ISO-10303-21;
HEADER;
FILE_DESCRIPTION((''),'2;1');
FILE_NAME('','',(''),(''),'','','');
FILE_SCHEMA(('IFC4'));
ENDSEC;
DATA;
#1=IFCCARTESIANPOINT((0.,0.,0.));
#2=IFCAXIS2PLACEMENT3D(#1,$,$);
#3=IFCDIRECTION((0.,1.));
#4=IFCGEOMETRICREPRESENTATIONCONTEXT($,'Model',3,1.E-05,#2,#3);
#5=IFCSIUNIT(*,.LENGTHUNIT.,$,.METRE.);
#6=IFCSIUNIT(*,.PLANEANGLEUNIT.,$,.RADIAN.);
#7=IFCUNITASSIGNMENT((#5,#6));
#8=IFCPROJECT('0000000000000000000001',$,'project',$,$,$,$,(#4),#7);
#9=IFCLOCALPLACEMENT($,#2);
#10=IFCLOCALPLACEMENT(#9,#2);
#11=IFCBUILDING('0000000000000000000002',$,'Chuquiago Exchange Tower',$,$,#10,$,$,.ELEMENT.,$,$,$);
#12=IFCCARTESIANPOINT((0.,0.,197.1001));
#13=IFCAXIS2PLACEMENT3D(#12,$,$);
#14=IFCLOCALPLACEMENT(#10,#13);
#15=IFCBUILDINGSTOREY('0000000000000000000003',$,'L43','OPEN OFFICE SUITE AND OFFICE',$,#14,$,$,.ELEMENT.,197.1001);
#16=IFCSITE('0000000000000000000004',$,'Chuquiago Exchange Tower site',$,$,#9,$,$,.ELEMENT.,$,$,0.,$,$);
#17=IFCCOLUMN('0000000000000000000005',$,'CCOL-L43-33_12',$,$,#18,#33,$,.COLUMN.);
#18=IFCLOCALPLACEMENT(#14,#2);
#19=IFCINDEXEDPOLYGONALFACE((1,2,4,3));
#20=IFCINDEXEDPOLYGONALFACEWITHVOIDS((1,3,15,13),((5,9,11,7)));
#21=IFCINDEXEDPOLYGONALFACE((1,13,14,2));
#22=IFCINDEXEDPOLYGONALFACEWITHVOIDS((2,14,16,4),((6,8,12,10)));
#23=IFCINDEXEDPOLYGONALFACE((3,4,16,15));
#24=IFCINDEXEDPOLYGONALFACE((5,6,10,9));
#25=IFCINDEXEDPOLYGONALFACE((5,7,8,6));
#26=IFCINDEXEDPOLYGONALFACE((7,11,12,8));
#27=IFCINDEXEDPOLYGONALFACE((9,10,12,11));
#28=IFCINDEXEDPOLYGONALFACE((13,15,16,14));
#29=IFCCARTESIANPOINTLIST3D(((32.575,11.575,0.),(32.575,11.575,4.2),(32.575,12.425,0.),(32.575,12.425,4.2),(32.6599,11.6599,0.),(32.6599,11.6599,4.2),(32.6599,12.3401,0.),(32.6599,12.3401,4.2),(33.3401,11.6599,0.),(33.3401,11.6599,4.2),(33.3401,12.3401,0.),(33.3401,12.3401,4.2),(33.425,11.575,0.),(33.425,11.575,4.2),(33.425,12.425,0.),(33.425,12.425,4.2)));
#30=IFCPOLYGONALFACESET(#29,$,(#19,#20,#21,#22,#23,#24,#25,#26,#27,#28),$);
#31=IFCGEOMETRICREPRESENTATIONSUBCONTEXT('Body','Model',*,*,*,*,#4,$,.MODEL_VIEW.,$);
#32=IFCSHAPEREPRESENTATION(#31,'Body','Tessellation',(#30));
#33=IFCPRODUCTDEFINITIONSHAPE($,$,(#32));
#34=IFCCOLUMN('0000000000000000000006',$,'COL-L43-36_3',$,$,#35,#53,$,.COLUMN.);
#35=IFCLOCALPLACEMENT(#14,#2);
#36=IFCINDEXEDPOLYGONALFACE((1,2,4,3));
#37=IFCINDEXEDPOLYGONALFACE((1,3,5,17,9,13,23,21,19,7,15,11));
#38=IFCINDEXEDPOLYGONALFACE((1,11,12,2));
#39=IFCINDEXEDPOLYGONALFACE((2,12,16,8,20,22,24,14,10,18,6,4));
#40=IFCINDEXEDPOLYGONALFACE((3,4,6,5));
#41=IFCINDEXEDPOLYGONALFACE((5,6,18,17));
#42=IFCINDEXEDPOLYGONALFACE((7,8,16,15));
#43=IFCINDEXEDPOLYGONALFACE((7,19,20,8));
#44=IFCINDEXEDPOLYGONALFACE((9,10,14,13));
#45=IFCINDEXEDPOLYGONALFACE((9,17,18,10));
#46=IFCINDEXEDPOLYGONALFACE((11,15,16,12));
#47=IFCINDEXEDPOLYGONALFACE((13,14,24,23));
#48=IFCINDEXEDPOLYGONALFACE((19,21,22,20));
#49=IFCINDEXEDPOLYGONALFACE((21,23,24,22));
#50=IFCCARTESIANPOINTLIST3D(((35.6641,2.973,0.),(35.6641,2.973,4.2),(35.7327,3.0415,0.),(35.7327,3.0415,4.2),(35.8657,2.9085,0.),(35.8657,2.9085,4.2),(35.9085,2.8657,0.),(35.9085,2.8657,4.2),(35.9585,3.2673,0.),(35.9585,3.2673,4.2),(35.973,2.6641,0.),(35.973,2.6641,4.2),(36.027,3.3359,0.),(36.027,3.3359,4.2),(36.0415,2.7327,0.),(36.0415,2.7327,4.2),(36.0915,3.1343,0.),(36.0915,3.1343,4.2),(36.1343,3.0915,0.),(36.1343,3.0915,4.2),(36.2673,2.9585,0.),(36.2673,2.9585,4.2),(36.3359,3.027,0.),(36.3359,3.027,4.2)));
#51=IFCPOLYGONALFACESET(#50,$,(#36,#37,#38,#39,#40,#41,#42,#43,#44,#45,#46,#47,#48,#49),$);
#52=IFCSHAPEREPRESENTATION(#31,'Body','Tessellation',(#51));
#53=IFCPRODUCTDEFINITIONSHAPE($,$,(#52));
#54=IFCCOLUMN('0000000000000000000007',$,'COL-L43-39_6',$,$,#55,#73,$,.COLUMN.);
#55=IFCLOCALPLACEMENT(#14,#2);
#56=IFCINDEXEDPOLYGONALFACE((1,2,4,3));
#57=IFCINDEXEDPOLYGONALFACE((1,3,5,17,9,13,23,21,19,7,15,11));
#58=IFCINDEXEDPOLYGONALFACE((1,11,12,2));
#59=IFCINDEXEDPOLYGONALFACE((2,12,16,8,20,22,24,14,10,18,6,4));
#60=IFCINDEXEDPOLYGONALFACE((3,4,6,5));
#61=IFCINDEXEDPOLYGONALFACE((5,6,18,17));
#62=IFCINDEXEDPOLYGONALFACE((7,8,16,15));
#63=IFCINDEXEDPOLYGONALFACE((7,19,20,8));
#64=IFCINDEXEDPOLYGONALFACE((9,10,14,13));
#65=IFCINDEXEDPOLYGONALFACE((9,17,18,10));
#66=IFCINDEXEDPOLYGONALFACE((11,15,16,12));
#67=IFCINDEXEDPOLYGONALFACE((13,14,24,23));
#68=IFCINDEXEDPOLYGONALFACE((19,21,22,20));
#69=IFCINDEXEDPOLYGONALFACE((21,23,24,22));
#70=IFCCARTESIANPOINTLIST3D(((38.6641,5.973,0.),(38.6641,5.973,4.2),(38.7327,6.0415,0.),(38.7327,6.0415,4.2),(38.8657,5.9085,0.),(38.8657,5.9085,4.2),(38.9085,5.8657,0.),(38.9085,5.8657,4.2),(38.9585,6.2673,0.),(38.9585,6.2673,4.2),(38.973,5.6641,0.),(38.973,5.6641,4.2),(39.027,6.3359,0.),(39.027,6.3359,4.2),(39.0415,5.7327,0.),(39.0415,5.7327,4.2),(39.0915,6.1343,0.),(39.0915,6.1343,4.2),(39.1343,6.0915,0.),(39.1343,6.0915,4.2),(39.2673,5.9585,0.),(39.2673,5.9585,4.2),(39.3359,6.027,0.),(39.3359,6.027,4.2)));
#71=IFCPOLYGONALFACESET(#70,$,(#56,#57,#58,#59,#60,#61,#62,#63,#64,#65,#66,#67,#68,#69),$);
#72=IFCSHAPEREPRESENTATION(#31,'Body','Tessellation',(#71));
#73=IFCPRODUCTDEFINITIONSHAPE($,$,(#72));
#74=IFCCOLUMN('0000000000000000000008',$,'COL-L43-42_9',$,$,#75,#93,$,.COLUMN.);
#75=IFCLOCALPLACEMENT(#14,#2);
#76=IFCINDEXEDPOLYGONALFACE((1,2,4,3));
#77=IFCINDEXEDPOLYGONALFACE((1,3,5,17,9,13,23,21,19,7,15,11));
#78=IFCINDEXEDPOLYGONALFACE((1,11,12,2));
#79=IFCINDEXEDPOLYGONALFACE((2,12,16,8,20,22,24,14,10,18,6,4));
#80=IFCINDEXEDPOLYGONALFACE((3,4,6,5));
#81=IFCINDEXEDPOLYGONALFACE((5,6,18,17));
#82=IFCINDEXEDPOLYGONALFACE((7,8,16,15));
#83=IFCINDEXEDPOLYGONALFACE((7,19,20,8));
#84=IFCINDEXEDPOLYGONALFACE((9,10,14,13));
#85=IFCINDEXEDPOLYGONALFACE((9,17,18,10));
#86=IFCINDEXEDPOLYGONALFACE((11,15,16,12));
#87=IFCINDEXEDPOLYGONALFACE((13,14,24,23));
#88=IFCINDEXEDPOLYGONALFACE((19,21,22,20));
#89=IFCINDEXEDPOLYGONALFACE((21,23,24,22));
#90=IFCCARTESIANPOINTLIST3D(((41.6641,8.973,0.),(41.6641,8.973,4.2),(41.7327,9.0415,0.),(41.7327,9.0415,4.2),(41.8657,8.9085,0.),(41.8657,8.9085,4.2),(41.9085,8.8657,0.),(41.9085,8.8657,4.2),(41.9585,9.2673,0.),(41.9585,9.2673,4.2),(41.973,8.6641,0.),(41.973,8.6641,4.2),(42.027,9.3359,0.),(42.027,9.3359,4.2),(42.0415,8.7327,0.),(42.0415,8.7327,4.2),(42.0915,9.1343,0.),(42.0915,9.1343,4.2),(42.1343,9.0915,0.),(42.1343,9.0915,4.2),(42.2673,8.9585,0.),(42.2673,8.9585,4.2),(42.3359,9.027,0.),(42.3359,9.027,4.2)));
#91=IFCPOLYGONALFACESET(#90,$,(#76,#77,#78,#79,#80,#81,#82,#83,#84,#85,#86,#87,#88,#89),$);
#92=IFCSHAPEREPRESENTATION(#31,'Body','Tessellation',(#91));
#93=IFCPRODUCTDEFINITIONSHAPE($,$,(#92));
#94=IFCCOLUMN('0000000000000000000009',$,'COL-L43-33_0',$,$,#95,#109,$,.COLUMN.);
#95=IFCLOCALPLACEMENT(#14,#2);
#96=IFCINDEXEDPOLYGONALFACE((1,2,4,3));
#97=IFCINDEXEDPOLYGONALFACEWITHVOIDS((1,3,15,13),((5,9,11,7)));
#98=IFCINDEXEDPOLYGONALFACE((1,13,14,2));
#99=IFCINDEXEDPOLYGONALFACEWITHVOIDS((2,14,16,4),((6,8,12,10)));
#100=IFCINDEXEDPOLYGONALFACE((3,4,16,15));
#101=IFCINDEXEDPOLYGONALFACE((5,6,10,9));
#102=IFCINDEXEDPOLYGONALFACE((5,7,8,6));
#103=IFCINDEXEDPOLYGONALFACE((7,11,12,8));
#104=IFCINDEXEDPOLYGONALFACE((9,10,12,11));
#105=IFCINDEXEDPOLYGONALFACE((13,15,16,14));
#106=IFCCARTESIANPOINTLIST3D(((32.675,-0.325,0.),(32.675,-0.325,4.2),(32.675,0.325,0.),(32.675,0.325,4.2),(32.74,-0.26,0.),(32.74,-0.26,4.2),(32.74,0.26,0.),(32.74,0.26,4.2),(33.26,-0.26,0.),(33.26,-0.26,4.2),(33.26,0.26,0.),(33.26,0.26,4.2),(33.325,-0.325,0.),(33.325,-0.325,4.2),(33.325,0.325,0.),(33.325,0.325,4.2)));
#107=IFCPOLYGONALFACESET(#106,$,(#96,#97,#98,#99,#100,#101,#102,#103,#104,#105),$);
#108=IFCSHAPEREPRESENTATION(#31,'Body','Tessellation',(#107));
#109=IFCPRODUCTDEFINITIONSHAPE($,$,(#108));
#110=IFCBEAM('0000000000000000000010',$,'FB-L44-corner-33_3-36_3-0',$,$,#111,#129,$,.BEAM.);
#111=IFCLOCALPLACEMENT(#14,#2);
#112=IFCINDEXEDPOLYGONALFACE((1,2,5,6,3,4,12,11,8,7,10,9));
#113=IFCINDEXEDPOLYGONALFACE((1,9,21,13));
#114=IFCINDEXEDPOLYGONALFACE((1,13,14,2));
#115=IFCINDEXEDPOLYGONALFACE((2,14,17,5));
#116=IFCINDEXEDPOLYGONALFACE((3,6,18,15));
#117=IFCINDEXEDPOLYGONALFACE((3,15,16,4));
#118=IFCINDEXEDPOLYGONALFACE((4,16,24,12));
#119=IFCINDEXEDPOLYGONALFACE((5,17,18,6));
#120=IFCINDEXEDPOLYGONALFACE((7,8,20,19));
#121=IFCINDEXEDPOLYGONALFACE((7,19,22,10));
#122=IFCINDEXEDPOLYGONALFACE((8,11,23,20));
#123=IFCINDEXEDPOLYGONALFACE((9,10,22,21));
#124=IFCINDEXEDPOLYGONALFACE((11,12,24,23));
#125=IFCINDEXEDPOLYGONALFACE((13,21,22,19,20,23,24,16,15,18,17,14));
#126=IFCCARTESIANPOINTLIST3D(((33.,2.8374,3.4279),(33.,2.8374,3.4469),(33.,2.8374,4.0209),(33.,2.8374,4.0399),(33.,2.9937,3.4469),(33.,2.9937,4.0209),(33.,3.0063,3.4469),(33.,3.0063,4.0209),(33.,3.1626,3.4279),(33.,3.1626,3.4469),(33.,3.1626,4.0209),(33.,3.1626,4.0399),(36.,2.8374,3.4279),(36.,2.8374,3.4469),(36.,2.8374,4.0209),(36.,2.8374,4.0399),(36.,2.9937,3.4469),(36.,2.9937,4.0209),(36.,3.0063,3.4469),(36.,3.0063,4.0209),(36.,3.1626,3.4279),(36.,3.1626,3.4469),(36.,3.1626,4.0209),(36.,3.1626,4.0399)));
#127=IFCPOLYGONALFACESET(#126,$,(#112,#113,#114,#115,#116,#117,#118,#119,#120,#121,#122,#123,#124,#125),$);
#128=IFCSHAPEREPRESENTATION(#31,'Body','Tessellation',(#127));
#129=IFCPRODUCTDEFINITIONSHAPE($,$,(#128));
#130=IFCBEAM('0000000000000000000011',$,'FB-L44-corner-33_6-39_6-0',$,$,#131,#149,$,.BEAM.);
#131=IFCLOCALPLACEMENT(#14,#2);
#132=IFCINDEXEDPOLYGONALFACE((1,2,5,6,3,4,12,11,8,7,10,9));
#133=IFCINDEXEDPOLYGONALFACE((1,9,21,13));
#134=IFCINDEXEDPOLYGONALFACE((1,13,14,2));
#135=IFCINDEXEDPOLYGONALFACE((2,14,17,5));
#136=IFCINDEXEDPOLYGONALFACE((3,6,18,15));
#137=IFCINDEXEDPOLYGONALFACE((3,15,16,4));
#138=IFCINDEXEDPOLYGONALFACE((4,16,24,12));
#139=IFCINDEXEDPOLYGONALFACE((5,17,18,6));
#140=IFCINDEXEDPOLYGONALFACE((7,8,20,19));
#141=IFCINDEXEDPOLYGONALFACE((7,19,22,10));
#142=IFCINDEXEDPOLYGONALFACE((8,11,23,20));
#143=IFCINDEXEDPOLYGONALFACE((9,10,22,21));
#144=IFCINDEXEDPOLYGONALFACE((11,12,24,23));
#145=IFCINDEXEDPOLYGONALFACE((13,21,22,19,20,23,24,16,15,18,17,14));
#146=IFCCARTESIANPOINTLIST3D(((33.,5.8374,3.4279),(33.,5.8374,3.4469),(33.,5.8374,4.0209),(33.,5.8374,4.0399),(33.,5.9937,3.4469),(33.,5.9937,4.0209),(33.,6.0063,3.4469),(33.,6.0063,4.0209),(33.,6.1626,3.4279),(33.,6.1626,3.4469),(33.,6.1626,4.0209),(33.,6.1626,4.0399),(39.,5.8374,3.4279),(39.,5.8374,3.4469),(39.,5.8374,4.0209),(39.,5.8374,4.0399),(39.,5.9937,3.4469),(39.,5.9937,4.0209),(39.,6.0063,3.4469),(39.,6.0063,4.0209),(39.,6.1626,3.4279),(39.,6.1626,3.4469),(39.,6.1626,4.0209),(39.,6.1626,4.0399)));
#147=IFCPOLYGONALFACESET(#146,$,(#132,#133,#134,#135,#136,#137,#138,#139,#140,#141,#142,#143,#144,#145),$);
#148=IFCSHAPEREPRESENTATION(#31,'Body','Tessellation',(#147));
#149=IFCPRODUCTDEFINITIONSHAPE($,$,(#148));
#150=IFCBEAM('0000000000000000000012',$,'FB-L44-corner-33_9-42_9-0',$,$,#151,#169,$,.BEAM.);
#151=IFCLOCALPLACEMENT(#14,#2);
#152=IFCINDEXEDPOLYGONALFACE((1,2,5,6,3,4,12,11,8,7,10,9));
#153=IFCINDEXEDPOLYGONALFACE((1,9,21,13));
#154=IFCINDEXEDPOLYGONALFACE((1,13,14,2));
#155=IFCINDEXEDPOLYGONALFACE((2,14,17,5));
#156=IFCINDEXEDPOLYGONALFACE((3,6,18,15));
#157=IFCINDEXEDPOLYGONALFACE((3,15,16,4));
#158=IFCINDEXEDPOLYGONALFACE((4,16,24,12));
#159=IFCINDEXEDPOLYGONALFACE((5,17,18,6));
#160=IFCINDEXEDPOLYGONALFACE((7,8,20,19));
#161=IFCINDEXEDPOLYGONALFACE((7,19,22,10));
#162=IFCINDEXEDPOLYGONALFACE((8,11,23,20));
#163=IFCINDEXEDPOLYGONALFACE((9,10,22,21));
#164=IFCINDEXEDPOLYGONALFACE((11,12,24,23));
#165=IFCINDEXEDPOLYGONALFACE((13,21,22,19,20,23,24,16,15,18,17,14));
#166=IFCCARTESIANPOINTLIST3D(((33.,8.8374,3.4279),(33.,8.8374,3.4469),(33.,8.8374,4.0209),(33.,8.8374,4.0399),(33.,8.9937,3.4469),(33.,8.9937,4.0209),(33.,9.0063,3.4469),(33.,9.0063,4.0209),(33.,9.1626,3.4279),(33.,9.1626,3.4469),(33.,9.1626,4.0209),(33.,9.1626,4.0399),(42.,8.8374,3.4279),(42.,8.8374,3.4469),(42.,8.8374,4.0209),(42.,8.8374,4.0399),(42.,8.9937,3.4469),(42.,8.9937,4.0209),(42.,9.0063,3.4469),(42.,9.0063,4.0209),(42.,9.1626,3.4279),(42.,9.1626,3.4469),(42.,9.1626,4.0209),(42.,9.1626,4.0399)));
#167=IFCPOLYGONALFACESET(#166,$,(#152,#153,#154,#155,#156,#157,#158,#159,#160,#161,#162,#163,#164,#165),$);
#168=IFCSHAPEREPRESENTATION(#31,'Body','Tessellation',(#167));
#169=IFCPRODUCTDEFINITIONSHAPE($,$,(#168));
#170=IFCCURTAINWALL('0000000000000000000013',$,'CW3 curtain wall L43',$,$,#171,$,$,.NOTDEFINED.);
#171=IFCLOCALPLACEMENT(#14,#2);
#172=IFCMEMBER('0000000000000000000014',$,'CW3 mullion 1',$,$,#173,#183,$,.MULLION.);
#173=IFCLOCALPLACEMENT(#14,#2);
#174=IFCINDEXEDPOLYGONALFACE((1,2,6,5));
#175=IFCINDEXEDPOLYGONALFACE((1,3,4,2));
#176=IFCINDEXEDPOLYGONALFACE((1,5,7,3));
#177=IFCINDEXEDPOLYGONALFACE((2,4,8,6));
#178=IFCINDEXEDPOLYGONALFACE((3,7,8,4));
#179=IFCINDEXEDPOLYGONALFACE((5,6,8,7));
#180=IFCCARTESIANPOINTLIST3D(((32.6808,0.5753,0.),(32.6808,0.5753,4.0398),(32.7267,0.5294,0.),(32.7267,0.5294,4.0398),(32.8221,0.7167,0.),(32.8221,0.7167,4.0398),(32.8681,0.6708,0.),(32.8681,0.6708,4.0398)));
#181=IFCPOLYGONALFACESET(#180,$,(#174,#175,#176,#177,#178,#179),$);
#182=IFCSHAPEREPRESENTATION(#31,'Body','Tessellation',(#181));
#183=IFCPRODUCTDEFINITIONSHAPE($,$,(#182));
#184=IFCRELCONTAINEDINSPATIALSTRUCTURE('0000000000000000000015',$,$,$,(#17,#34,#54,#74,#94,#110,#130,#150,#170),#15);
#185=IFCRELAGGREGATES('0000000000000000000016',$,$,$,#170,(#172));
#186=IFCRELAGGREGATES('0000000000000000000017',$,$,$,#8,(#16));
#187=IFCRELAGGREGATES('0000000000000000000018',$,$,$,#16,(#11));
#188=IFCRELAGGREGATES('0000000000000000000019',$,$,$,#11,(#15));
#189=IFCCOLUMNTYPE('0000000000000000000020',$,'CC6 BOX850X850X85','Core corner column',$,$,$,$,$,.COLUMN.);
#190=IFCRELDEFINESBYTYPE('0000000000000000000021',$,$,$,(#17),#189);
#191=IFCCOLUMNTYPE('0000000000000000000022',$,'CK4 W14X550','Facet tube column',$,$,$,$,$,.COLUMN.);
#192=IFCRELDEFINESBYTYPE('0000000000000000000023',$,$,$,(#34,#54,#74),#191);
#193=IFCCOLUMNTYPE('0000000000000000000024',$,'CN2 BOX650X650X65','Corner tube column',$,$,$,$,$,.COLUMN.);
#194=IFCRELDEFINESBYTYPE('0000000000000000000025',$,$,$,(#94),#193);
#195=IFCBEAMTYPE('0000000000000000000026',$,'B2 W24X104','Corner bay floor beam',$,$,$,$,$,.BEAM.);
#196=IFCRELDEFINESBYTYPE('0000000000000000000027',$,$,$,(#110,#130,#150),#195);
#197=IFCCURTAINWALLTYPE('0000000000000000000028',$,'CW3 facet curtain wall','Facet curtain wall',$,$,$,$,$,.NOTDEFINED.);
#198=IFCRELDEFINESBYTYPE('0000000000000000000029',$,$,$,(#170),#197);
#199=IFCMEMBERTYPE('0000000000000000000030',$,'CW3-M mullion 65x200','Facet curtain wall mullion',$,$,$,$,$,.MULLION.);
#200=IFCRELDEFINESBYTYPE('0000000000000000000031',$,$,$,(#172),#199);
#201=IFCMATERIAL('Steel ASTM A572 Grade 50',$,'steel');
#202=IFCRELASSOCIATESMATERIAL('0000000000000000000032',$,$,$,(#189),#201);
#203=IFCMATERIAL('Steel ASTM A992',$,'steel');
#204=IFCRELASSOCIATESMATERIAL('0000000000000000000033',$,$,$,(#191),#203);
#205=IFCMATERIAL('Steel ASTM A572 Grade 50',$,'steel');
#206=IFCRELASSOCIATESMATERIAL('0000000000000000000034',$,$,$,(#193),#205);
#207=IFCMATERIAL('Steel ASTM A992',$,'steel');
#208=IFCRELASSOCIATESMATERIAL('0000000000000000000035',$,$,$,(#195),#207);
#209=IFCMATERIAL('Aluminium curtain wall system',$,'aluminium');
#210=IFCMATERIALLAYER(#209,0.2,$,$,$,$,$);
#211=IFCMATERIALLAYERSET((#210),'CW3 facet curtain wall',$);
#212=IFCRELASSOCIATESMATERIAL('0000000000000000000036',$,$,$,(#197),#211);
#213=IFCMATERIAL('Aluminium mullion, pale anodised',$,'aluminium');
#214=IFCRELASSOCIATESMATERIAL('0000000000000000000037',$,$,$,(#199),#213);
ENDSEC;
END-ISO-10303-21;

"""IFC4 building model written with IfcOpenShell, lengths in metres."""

from ifc_helpers import new_model, si_unit, direction, frame, origin, origin_2d, place, context, subcontext, project, spatial, rectangle, hollow_rectangle, i_section, extrude, material, layer, layer_set, material_profile, profile_set, type_object, element, aggregate, save


model = new_model("IFC4")

# Units and contexts
model_context = context("Model", 3, precision=1e-05, world=origin(), true_north=direction((0.0, 1.0)))
body_context = subcontext(model_context, "Body", "Model", "MODEL_VIEW")
ifc_project = project(units=[si_unit("LENGTHUNIT", "METRE"), si_unit("PLANEANGLEUNIT", "RADIAN")], contexts=[model_context])

# Site, building, storey
site_placement = place(None, origin())
site = spatial("IfcSite", under=ifc_project, at=site_placement, Name="Chuquiago Exchange Tower site", CompositionType="ELEMENT", RefElevation=0.0)
building_placement = place(site_placement, origin())
building = spatial("IfcBuilding", under=site, at=building_placement, Name="Chuquiago Exchange Tower", CompositionType="ELEMENT")
storey_placement = place(building_placement, frame((0.0, 0.0, 197.1001)))
storey = spatial("IfcBuildingStorey", under=building, at=storey_placement, Name="L43", Description="OPEN OFFICE SUITE AND OFFICE", CompositionType="ELEMENT", Elevation=197.1001)

# Columns
ifc_material_1 = material(Name="Steel ASTM A572 Grade 50", Category="steel")
ifc_material_profile_1 = material_profile(ifc_material_1, hollow_rectangle(XDim=0.8501, YDim=0.8501, WallThickness=0.085, at=origin_2d()), Name="BOX850X850X85")
ifc_profile_set_1 = profile_set([ifc_material_profile_1], Name="Steel ASTM A572 Grade 50")
column_type_1 = type_object("IfcColumnType", Name="CC6 BOX850X850X85", Description="Core corner column", PredefinedType="COLUMN", material=ifc_profile_set_1)
column_1_placement = place(storey_placement, frame((33.0, 12.0, 0.0), z_axis=(0.0, 0.0, 1.0), x_axis=(1.0, 0.0, 0.0)))
element("IfcColumn", 1, at=column_1_placement, inside=storey, type_object=column_type_1, Name="CCOL-L43-33_12", PredefinedType="COLUMN", context=body_context, shape_type="SweptSolid", body=[
    extrude(hollow_rectangle(XDim=0.8501, YDim=0.8501, WallThickness=0.085, at=origin_2d()), origin(), (0.0, 0.0, 1.0), 4.2),
])
ifc_material_2 = material(Name="Steel ASTM A992", Category="steel")
ifc_material_profile_2 = material_profile(ifc_material_2, i_section(OverallWidth=0.4368, OverallDepth=0.5132, WebThickness=0.0605, FlangeThickness=0.0969, at=origin_2d()), Name="W14X550")
ifc_profile_set_2 = profile_set([ifc_material_profile_2], Name="Steel ASTM A992")
column_type_2 = type_object("IfcColumnType", Name="CK4 W14X550", Description="Facet tube column", PredefinedType="COLUMN", material=ifc_profile_set_2)
for number, where, z_axis, x_axis, name in (
    (2, (36.0, 3.0, 0.0), (0.0, 0.0, 1.0), (0.707107, -0.707107, 0.0), "COL-L43-36_3"),
    (3, (39.0, 6.0, 0.0), (0.0, 0.0, 1.0), (0.707107, -0.707107, 0.0), "COL-L43-39_6"),
    (4, (42.0, 9.0, 0.0), (0.0, 0.0, 1.0), (0.707107, -0.707107, 0.0), "COL-L43-42_9"),
):
    element("IfcColumn", number, at=place(storey_placement, frame(where, z_axis=z_axis, x_axis=x_axis)), inside=storey, type_object=column_type_2, Name=name, PredefinedType="COLUMN", context=body_context, shape_type="SweptSolid", body=[
        extrude(i_section(OverallWidth=0.4368, OverallDepth=0.5132, WebThickness=0.0605, FlangeThickness=0.0969, at=origin_2d()), origin(), (0.0, 0.0, 1.0), 4.2),
    ])
ifc_material_3 = material(Name="Steel ASTM A572 Grade 50", Category="steel")
ifc_material_profile_3 = material_profile(ifc_material_3, hollow_rectangle(XDim=0.6499, YDim=0.6499, WallThickness=0.0649, at=origin_2d()), Name="BOX650X650X65")
ifc_profile_set_3 = profile_set([ifc_material_profile_3], Name="Steel ASTM A572 Grade 50")
column_type_3 = type_object("IfcColumnType", Name="CN2 BOX650X650X65", Description="Corner tube column", PredefinedType="COLUMN", material=ifc_profile_set_3)
column_2_placement = place(storey_placement, frame((33.0, 0.0, 0.0), z_axis=(0.0, 0.0, 1.0), x_axis=(0.0, -1.0, 0.0)))
element("IfcColumn", 5, at=column_2_placement, inside=storey, type_object=column_type_3, Name="COL-L43-33_0", PredefinedType="COLUMN", context=body_context, shape_type="SweptSolid", body=[
    extrude(hollow_rectangle(XDim=0.6499, YDim=0.6499, WallThickness=0.0649, at=origin_2d()), origin(), (0.0, 0.0, 1.0), 4.2),
])

# Beams
ifc_material_4 = material(Name="Steel ASTM A992", Category="steel")
ifc_material_profile_4 = material_profile(ifc_material_4, i_section(OverallWidth=0.3252, OverallDepth=0.6121, WebThickness=0.0127, FlangeThickness=0.019, at=origin_2d()), Name="W24X104")
ifc_profile_set_4 = profile_set([ifc_material_profile_4], Name="Steel ASTM A992")
beam_type_1 = type_object("IfcBeamType", Name="B2 W24X104", Description="Corner bay floor beam", PredefinedType="BEAM", material=ifc_profile_set_4)
beam_1_placement = place(storey_placement, frame((33.0, 3.0, 3.7339), z_axis=(1.0, 0.0, 0.0), x_axis=(0.0, 1.0, 0.0)))
element("IfcBeam", 6, at=beam_1_placement, inside=storey, type_object=beam_type_1, Name="FB-L44-corner-33_3-36_3-0", PredefinedType="BEAM", context=body_context, shape_type="SweptSolid", body=[
    extrude(i_section(OverallWidth=0.3252, OverallDepth=0.6121, WebThickness=0.0127, FlangeThickness=0.019, at=origin_2d()), origin(), (0.0, 0.0, 1.0), 3.0),
])
beam_2_placement = place(storey_placement, frame((33.0, 6.0, 3.7339), z_axis=(1.0, 0.0, 0.0), x_axis=(0.0, 1.0, 0.0)))
element("IfcBeam", 7, at=beam_2_placement, inside=storey, type_object=beam_type_1, Name="FB-L44-corner-33_6-39_6-0", PredefinedType="BEAM", context=body_context, shape_type="SweptSolid", body=[
    extrude(i_section(OverallWidth=0.3252, OverallDepth=0.6121, WebThickness=0.0127, FlangeThickness=0.019, at=origin_2d()), origin(), (0.0, 0.0, 1.0), 6.0),
])
beam_3_placement = place(storey_placement, frame((33.0, 9.0, 3.7339), z_axis=(1.0, 0.0, 0.0), x_axis=(0.0, 1.0, 0.0)))
element("IfcBeam", 8, at=beam_3_placement, inside=storey, type_object=beam_type_1, Name="FB-L44-corner-33_9-42_9-0", PredefinedType="BEAM", context=body_context, shape_type="SweptSolid", body=[
    extrude(i_section(OverallWidth=0.3252, OverallDepth=0.6121, WebThickness=0.0127, FlangeThickness=0.019, at=origin_2d()), origin(), (0.0, 0.0, 1.0), 9.0),
])

# Curtain wall, member
ifc_material_5 = material(Name="Aluminium curtain wall system", Category="aluminium")
ifc_layer_1 = layer(ifc_material_5, 0.2)
ifc_layer_set_1 = layer_set([ifc_layer_1], Name="CW3 facet curtain wall")
curtain_wall_type = type_object("IfcCurtainWallType", Name="CW3 facet curtain wall", Description="Facet curtain wall", PredefinedType="NOTDEFINED", material=ifc_layer_set_1)
curtain_wall_placement = place(storey_placement, origin())
curtain_wall = element("IfcCurtainWall", 9, at=curtain_wall_placement, inside=storey, type_object=curtain_wall_type, Name="CW3 curtain wall L43", PredefinedType="NOTDEFINED")
ifc_material_6 = material(Name="Aluminium mullion, pale anodised", Category="aluminium")
ifc_material_profile_5 = material_profile(ifc_material_6, rectangle(XDim=0.0649, YDim=0.2, at=origin_2d()), Name="AL 65x200")
ifc_profile_set_5 = profile_set([ifc_material_profile_5], Name="Aluminium mullion, pale anodised")
member_type_1 = type_object("IfcMemberType", Name="CW3-M mullion 65x200", Description="Facet curtain wall mullion", PredefinedType="MULLION", material=ifc_profile_set_5)
member_1_placement = place(storey_placement, frame((32.7744, 0.623, 0.0), z_axis=(0.0, 0.0, 1.0), x_axis=(-0.707107, 0.707107, 0.0)))
member_1 = element("IfcMember", 10, at=member_1_placement, type_object=member_type_1, Name="CW3 mullion 1", PredefinedType="MULLION", context=body_context, shape_type="SweptSolid", body=[
    extrude(rectangle(XDim=0.0649, YDim=0.2, at=origin_2d()), origin(), (0.0, 0.0, 1.0), 4.0398),
])

aggregate(curtain_wall, [member_1])

save(model, "model.ifc")
